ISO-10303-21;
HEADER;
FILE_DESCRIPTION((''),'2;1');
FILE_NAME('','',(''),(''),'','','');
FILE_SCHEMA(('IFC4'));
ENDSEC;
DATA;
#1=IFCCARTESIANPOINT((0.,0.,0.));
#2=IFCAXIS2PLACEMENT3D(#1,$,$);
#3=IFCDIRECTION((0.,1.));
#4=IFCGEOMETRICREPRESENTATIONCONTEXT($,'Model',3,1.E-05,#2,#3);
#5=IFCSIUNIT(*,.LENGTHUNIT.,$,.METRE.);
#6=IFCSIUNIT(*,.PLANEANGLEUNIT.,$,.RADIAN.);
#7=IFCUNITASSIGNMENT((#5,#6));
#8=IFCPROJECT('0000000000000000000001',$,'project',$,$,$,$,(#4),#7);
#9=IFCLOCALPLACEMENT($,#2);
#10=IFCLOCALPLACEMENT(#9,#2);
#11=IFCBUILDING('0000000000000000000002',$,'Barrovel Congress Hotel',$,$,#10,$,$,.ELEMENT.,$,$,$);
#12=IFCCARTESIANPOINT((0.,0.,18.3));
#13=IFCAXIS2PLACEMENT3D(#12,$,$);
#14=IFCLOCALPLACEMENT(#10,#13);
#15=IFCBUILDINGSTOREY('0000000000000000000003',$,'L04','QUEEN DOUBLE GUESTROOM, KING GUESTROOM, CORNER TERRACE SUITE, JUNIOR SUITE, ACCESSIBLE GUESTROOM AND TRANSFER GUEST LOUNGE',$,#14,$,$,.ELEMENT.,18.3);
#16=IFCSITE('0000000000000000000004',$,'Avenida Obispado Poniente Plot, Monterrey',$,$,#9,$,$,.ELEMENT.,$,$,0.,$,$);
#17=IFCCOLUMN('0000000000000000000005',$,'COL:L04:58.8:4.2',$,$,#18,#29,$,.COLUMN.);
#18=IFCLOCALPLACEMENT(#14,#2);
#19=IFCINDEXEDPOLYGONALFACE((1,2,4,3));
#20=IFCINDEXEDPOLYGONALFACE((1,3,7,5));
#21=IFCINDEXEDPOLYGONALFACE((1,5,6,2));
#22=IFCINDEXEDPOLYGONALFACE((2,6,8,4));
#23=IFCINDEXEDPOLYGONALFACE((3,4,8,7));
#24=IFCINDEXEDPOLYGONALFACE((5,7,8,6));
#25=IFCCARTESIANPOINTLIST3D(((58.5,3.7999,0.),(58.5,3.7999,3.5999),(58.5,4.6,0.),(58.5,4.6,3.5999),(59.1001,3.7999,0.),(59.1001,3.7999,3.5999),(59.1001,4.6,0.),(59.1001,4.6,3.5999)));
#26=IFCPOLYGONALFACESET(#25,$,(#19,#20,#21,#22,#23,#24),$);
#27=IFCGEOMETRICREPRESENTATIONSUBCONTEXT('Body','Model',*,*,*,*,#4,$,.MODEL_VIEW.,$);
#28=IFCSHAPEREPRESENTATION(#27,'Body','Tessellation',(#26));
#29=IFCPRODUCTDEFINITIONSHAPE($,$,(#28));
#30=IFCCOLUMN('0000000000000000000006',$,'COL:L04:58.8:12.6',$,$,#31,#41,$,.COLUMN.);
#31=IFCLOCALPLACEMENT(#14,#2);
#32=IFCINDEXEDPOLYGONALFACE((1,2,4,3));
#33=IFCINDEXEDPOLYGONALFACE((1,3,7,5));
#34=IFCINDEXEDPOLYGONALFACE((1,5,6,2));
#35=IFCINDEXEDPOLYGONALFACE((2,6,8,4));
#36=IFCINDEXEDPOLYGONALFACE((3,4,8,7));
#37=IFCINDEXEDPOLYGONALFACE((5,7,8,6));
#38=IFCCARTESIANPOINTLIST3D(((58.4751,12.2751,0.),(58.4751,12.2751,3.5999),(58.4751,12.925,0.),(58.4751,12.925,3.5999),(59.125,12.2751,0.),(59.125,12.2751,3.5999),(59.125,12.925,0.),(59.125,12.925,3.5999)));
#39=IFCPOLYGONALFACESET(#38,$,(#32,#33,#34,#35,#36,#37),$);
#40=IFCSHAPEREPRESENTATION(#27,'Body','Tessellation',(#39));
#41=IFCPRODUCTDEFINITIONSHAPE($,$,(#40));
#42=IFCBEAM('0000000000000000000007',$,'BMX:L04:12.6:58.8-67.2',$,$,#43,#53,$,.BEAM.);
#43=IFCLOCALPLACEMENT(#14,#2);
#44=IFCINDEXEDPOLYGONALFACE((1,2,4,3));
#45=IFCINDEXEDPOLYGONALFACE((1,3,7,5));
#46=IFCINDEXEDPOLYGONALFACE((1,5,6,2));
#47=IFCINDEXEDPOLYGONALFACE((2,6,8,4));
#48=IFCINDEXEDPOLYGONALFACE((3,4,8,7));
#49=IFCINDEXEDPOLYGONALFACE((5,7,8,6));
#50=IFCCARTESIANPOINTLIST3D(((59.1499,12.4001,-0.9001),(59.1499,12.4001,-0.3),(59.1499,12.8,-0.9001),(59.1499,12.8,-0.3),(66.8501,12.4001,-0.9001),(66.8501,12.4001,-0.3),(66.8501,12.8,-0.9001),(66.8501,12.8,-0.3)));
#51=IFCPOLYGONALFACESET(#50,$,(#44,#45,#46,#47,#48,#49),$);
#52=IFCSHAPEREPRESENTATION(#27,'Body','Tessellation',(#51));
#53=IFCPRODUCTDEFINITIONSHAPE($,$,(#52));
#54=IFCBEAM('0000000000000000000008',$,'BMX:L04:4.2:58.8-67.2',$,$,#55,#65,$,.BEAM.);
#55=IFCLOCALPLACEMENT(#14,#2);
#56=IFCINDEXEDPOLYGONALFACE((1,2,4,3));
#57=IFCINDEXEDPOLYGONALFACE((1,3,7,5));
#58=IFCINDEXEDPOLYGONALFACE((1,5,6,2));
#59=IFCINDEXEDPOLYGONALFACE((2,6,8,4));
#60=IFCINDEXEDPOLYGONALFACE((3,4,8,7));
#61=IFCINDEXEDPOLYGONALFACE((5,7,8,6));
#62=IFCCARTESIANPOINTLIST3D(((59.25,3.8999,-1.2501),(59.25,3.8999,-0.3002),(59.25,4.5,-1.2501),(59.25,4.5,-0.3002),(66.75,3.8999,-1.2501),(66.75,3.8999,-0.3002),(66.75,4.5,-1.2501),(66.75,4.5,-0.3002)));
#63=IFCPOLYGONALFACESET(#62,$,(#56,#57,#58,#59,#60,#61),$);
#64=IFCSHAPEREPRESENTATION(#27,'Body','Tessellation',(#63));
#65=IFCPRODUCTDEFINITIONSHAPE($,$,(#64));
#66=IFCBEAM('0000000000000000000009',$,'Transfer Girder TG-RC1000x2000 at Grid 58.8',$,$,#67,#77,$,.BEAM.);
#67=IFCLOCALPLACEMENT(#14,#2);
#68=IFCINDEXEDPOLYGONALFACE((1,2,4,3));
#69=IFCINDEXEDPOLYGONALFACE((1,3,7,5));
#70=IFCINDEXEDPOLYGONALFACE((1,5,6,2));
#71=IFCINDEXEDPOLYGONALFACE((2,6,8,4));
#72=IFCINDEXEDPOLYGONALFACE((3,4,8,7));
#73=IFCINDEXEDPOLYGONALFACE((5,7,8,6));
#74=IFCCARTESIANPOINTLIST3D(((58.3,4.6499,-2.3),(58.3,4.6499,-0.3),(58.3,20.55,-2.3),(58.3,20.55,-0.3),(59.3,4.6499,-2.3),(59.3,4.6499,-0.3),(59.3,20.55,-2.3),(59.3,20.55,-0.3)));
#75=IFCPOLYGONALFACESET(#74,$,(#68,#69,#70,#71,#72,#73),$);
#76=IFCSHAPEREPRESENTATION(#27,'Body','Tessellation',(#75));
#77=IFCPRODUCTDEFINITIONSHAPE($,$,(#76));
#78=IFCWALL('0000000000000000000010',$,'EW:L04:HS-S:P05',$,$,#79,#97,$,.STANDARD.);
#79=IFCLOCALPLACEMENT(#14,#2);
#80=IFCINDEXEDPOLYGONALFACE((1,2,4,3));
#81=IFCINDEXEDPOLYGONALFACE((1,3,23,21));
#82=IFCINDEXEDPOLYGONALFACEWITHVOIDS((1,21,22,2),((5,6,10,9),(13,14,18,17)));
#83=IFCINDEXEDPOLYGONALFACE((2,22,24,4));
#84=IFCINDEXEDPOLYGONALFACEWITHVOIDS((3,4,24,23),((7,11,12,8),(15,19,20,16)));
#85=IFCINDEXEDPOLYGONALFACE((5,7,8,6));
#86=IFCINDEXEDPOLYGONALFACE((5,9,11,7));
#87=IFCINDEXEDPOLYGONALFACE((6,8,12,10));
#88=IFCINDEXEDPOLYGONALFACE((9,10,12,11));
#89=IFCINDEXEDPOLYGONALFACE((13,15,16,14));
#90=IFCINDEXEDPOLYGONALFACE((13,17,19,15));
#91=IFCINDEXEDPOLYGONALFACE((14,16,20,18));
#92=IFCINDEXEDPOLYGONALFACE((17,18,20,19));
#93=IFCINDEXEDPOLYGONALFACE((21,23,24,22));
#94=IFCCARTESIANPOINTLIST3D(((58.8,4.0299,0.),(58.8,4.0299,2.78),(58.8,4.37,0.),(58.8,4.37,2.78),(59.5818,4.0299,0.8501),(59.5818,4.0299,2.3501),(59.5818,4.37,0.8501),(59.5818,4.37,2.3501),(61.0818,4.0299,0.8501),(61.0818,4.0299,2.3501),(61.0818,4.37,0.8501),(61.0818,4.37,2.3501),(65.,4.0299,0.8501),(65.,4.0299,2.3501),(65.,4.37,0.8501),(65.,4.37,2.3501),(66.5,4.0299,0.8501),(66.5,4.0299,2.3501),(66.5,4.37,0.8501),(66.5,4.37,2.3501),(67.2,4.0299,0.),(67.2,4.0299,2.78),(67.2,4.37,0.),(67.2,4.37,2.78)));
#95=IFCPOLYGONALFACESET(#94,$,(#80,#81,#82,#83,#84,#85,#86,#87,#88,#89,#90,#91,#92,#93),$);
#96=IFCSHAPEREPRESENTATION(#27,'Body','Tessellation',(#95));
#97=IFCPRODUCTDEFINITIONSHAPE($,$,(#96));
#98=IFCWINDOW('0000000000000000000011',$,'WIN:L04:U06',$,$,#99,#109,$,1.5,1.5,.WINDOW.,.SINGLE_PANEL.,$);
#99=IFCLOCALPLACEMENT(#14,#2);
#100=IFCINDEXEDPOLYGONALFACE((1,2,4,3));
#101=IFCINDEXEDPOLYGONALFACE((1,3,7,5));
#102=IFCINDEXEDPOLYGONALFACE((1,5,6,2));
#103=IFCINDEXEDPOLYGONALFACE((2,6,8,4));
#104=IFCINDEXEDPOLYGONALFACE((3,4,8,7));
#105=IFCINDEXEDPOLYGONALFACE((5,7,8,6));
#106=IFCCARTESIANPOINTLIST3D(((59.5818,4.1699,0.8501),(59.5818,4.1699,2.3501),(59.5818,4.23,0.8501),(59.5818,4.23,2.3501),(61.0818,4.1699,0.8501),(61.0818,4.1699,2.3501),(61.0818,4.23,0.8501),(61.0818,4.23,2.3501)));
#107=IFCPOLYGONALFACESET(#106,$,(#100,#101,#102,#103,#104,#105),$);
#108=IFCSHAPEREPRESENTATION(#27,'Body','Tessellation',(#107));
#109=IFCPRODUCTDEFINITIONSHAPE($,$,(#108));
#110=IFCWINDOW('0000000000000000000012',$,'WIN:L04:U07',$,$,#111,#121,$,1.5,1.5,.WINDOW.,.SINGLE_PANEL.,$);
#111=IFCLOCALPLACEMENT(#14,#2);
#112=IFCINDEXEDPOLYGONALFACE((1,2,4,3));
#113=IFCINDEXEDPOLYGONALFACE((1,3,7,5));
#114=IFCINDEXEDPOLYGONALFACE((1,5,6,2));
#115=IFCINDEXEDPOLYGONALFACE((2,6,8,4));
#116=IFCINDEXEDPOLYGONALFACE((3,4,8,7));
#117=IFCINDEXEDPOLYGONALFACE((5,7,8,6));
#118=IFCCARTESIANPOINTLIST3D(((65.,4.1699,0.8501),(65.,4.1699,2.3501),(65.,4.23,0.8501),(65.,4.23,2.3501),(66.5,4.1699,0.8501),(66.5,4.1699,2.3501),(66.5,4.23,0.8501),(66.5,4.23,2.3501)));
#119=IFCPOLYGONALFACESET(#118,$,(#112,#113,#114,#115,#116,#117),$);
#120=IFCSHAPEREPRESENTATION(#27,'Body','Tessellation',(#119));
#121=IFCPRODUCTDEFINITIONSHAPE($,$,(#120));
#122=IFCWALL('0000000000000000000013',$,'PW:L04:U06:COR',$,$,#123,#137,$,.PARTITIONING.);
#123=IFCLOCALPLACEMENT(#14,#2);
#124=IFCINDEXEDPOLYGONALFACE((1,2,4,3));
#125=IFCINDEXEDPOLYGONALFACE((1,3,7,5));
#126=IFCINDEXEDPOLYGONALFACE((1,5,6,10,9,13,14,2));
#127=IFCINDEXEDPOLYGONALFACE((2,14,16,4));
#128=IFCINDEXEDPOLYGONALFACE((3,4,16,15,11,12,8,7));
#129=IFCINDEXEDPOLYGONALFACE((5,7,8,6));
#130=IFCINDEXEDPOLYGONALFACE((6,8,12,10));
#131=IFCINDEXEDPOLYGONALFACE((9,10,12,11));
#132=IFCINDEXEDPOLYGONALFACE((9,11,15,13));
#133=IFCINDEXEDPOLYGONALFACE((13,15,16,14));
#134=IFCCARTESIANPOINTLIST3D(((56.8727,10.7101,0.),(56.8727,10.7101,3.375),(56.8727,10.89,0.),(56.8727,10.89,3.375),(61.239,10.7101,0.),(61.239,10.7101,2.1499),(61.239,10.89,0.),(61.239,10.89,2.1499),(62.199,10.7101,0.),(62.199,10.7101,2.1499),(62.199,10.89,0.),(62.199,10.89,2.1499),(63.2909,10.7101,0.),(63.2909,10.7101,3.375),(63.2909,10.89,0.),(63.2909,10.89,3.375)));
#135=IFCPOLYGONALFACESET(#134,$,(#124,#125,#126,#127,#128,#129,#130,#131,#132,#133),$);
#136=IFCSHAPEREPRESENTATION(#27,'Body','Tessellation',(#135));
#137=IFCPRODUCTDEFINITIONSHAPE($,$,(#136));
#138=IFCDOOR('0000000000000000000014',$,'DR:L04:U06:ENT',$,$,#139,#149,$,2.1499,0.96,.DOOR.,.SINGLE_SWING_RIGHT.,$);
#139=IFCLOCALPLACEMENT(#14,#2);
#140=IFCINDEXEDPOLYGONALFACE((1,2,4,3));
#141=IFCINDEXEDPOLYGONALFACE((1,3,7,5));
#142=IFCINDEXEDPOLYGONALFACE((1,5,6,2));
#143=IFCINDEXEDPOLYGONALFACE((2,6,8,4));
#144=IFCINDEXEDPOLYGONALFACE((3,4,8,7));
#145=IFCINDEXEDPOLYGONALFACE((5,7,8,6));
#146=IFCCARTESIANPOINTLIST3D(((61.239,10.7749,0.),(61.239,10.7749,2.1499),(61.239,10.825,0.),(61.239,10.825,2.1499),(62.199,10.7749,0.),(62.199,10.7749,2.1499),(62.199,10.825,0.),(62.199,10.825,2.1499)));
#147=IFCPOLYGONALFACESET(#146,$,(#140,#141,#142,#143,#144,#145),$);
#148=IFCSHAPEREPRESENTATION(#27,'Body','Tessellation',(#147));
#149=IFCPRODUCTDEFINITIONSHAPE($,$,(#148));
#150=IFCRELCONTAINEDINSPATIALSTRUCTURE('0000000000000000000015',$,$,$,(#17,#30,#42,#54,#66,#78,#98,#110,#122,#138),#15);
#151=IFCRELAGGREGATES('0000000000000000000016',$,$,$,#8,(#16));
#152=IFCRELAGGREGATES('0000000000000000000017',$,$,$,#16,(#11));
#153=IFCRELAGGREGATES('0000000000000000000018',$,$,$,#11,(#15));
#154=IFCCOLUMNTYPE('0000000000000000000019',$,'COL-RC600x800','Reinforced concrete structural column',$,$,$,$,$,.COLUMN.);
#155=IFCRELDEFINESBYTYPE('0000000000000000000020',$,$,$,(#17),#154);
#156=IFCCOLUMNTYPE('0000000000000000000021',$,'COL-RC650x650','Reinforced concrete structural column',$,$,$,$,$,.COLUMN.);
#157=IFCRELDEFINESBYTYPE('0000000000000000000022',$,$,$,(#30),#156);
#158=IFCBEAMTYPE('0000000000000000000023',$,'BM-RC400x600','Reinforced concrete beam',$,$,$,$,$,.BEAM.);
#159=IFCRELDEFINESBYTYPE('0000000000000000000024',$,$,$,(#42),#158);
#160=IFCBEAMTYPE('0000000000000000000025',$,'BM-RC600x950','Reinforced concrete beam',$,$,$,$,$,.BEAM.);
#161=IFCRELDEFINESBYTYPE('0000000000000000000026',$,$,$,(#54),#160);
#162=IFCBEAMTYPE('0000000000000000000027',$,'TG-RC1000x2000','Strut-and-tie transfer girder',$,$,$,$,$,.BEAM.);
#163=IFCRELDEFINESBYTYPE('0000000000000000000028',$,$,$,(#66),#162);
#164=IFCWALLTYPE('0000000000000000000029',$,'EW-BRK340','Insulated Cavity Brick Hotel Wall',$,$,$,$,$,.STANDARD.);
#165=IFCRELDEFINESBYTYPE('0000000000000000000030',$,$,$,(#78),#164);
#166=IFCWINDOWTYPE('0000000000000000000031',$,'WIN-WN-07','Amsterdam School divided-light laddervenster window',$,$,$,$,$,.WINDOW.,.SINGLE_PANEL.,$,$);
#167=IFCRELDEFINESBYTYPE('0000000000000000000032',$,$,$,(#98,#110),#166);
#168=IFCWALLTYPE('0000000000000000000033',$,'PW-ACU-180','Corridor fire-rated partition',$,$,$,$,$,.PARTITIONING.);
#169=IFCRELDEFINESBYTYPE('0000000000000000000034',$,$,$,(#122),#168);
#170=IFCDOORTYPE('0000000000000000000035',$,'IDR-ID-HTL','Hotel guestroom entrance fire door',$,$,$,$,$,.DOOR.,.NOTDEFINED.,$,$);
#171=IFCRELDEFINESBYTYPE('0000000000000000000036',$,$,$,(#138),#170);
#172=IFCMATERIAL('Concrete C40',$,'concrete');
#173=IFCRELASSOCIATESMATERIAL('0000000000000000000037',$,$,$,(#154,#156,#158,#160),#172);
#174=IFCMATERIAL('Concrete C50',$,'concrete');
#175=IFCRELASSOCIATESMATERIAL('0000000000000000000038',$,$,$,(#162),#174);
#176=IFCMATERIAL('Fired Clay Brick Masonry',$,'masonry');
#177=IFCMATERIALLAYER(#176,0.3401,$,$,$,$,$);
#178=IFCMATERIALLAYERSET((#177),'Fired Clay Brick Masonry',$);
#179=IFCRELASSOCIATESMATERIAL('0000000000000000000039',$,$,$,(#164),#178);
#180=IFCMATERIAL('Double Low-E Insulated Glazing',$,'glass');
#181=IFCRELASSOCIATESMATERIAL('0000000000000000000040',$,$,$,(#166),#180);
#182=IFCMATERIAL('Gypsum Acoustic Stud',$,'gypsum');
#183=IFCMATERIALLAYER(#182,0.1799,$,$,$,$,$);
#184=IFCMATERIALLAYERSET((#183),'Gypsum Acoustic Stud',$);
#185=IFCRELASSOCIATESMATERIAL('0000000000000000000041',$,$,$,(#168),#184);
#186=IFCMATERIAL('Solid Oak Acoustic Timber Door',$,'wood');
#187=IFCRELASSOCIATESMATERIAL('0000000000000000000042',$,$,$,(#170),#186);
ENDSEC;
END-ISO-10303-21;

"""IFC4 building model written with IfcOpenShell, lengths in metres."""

from ifc_helpers import new_model, si_unit, direction, frame, frame_2d, origin, origin_2d, place, context, subcontext, project, spatial, rectangle, extrude, material, layer, layer_set, material_profile, profile_set, type_object, element, fill, save


model = new_model("IFC4")

# Units and contexts
model_context = context("Model", 3, precision=1e-05, world=origin(), true_north=direction((0.0, 1.0)))
body_context = subcontext(model_context, "Body", "Model", "MODEL_VIEW")
ifc_project = project(units=[si_unit("LENGTHUNIT", "METRE"), si_unit("PLANEANGLEUNIT", "RADIAN")], contexts=[model_context])

# Site, building, storey
site_placement = place(None, origin())
site = spatial("IfcSite", under=ifc_project, at=site_placement, Name="Avenida Obispado Poniente Plot, Monterrey", CompositionType="ELEMENT", RefElevation=0.0)
building_placement = place(site_placement, origin())
building = spatial("IfcBuilding", under=site, at=building_placement, Name="Barrovel Congress Hotel", CompositionType="ELEMENT")
storey_placement = place(building_placement, frame((0.0, 0.0, 18.3)))
storey = spatial("IfcBuildingStorey", under=building, at=storey_placement, Name="L04", Description="QUEEN DOUBLE GUESTROOM, KING GUESTROOM, CORNER TERRACE SUITE, JUNIOR SUITE, ACCESSIBLE GUESTROOM AND TRANSFER GUEST LOUNGE", CompositionType="ELEMENT", Elevation=18.3)

# Columns
ifc_material_1 = material(Name="Concrete C40", Category="concrete")
ifc_material_profile_1 = material_profile(ifc_material_1, rectangle(XDim=0.6001, YDim=0.8, at=origin_2d()), Name="RC600x800")
ifc_profile_set_1 = profile_set([ifc_material_profile_1], Name="Concrete C40")
column_type_1 = type_object("IfcColumnType", Name="COL-RC600x800", Description="Reinforced concrete structural column", PredefinedType="COLUMN", material=ifc_profile_set_1)
column_1_placement = place(storey_placement, frame((58.8, 4.2, 0.0), z_axis=(0.0, 0.0, 1.0), x_axis=(1.0, 0.0, 0.0)))
element("IfcColumn", 1, at=column_1_placement, inside=storey, type_object=column_type_1, Name="COL:L04:58.8:4.2", PredefinedType="COLUMN", context=body_context, shape_type="SweptSolid", body=[
    extrude(rectangle(XDim=0.6001, YDim=0.8, at=origin_2d()), origin(), (0.0, 0.0, 1.0), 3.5999),
])
ifc_material_profile_2 = material_profile(ifc_material_1, rectangle(XDim=0.6499, YDim=0.6499, at=origin_2d()), Name="RC650x650")
ifc_profile_set_2 = profile_set([ifc_material_profile_2], Name="Concrete C40")
column_type_2 = type_object("IfcColumnType", Name="COL-RC650x650", Description="Reinforced concrete structural column", PredefinedType="COLUMN", material=ifc_profile_set_2)
column_2_placement = place(storey_placement, frame((58.8, 12.6001, 0.0), z_axis=(0.0, 0.0, 1.0), x_axis=(1.0, 0.0, 0.0)))
element("IfcColumn", 2, at=column_2_placement, inside=storey, type_object=column_type_2, Name="COL:L04:58.8:12.6", PredefinedType="COLUMN", context=body_context, shape_type="SweptSolid", body=[
    extrude(rectangle(XDim=0.6499, YDim=0.6499, at=origin_2d()), origin(), (0.0, 0.0, 1.0), 3.5999),
])

# Beams
ifc_material_profile_3 = material_profile(ifc_material_1, rectangle(XDim=0.3999, YDim=0.6001, at=origin_2d()), Name="RC400x600")
ifc_profile_set_3 = profile_set([ifc_material_profile_3], Name="Concrete C40")
beam_type_1 = type_object("IfcBeamType", Name="BM-RC400x600", Description="Reinforced concrete beam", PredefinedType="BEAM", material=ifc_profile_set_3)
beam_1_placement = place(storey_placement, frame((59.1499, 12.6001, -0.6001), z_axis=(1.0, 0.0, 0.0), x_axis=(0.0, 1.0, 0.0)))
element("IfcBeam", 3, at=beam_1_placement, inside=storey, type_object=beam_type_1, Name="BMX:L04:12.6:58.8-67.2", PredefinedType="BEAM", context=body_context, shape_type="SweptSolid", body=[
    extrude(rectangle(XDim=0.3999, YDim=0.6001, at=origin_2d()), origin(), (0.0, 0.0, 1.0), 7.7002),
])
ifc_material_profile_4 = material_profile(ifc_material_1, rectangle(XDim=0.6001, YDim=0.95, at=origin_2d()), Name="RC600x950")
ifc_profile_set_4 = profile_set([ifc_material_profile_4], Name="Concrete C40")
beam_type_2 = type_object("IfcBeamType", Name="BM-RC600x950", Description="Reinforced concrete beam", PredefinedType="BEAM", material=ifc_profile_set_4)
beam_2_placement = place(storey_placement, frame((59.25, 4.2, -0.7751), z_axis=(1.0, 0.0, 0.0), x_axis=(0.0, 1.0, 0.0)))
element("IfcBeam", 4, at=beam_2_placement, inside=storey, type_object=beam_type_2, Name="BMX:L04:4.2:58.8-67.2", PredefinedType="BEAM", context=body_context, shape_type="SweptSolid", body=[
    extrude(rectangle(XDim=0.6001, YDim=0.95, at=origin_2d()), origin(), (0.0, 0.0, 1.0), 7.5),
])
ifc_material_2 = material(Name="Concrete C50", Category="concrete")
ifc_material_profile_5 = material_profile(ifc_material_2, rectangle(XDim=1.0, YDim=2.0, at=origin_2d()), Name="RC1000x2000")
ifc_profile_set_5 = profile_set([ifc_material_profile_5], Name="Concrete C50")
beam_type_3 = type_object("IfcBeamType", Name="TG-RC1000x2000", Description="Strut-and-tie transfer girder", PredefinedType="BEAM", material=ifc_profile_set_5)
beam_3_placement = place(storey_placement, frame((58.8, 4.6499, -1.3), z_axis=(0.0, 1.0, 0.0), x_axis=(-1.0, 0.0, 0.0)))
element("IfcBeam", 5, at=beam_3_placement, inside=storey, type_object=beam_type_3, Name="Transfer Girder TG-RC1000x2000 at Grid 58.8", PredefinedType="BEAM", context=body_context, shape_type="SweptSolid", body=[
    extrude(rectangle(XDim=1.0, YDim=2.0, at=origin_2d()), origin(), (0.0, 0.0, 1.0), 15.9001),
])

# Wall, openings, windows
ifc_material_3 = material(Name="Fired Clay Brick Masonry", Category="masonry")
ifc_layer_1 = layer(ifc_material_3, 0.3401)
ifc_layer_set_1 = layer_set([ifc_layer_1], Name="Fired Clay Brick Masonry")
wall_type_1 = type_object("IfcWallType", Name="EW-BRK340", Description="Insulated Cavity Brick Hotel Wall", PredefinedType="STANDARD", material=ifc_layer_set_1)
wall_1_placement = place(storey_placement, frame((58.8, 4.2, 0.0), z_axis=(0.0, 0.0, 1.0), x_axis=(1.0, 0.0, 0.0)))
wall_1 = element("IfcWall", 6, at=wall_1_placement, inside=storey, type_object=wall_type_1, Name="EW:L04:HS-S:P05", PredefinedType="STANDARD", context=body_context, shape_type="SweptSolid", body=[
    extrude(rectangle(XDim=8.3999, YDim=0.3401, at=frame_2d((4.2, 0.0))), origin(), (0.0, 0.0, 1.0), 2.78),
])
opening_1_placement = place(wall_1_placement, frame((0.7817, 0.0, 0.8501)))
opening_1 = element("IfcOpeningElement", 7, at=opening_1_placement, cuts=wall_1, PredefinedType="OPENING", context=body_context, shape_type="SweptSolid", body=[
    extrude(rectangle(XDim=1.5, YDim=1.5, at=frame_2d((0.75, 0.75))), frame((0.0, 0.1802, 0.0), z_axis=(0.0, -1.0, 0.0), x_axis=(1.0, 0.0, 0.0)), (0.0, 0.0, 1.0), 0.3601),
])
opening_2_placement = place(wall_1_placement, frame((6.2, 0.0, 0.8501)))
opening_2 = element("IfcOpeningElement", 8, at=opening_2_placement, cuts=wall_1, PredefinedType="OPENING", context=body_context, shape_type="SweptSolid", body=[
    extrude(rectangle(XDim=1.5, YDim=1.5, at=frame_2d((0.75, 0.75))), frame((0.0, 0.1802, 0.0), z_axis=(0.0, -1.0, 0.0), x_axis=(1.0, 0.0, 0.0)), (0.0, 0.0, 1.0), 0.3601),
])
ifc_material_4 = material(Name="Double Low-E Insulated Glazing", Category="glass")
window_type = type_object("IfcWindowType", Name="WIN-WN-07", Description="Amsterdam School divided-light laddervenster window", PartitioningType="SINGLE_PANEL", PredefinedType="WINDOW", material=ifc_material_4)
window_1_placement = place(opening_1_placement, origin())
window_1 = element("IfcWindow", 9, at=window_1_placement, inside=storey, type_object=window_type, Name="WIN:L04:U06", OverallHeight=1.5, OverallWidth=1.5, PartitioningType="SINGLE_PANEL", PredefinedType="WINDOW", context=body_context, shape_type="SweptSolid", body=[
    extrude(rectangle(XDim=1.5, YDim=1.5, at=frame_2d((0.75, 0.75))), frame((0.0, 0.03, 0.0), z_axis=(0.0, -1.0, 0.0), x_axis=(1.0, 0.0, 0.0)), (0.0, 0.0, 1.0), 0.0601),
])
fill(opening_1, window_1)
window_2_placement = place(opening_2_placement, origin())
window_2 = element("IfcWindow", 10, at=window_2_placement, inside=storey, type_object=window_type, Name="WIN:L04:U07", OverallHeight=1.5, OverallWidth=1.5, PartitioningType="SINGLE_PANEL", PredefinedType="WINDOW", context=body_context, shape_type="SweptSolid", body=[
    extrude(rectangle(XDim=1.5, YDim=1.5, at=frame_2d((0.75, 0.75))), frame((0.0, 0.03, 0.0), z_axis=(0.0, -1.0, 0.0), x_axis=(1.0, 0.0, 0.0)), (0.0, 0.0, 1.0), 0.0601),
])
fill(opening_2, window_2)

# Wall, opening, door
ifc_material_5 = material(Name="Gypsum Acoustic Stud", Category="gypsum")
ifc_layer_2 = layer(ifc_material_5, 0.1799)
ifc_layer_set_2 = layer_set([ifc_layer_2], Name="Gypsum Acoustic Stud")
wall_type_2 = type_object("IfcWallType", Name="PW-ACU-180", Description="Corridor fire-rated partition", PredefinedType="PARTITIONING", material=ifc_layer_set_2)
wall_2_placement = place(storey_placement, frame((56.8728, 10.8, 0.0), z_axis=(0.0, 0.0, 1.0), x_axis=(1.0, 0.0, 0.0)))
wall_2 = element("IfcWall", 11, at=wall_2_placement, inside=storey, type_object=wall_type_2, Name="PW:L04:U06:COR", PredefinedType="PARTITIONING", context=body_context, shape_type="SweptSolid", body=[
    extrude(rectangle(XDim=6.4182, YDim=0.1799, at=frame_2d((3.209, 0.0))), origin(), (0.0, 0.0, 1.0), 3.375),
])
opening_3_placement = place(wall_2_placement, frame((4.3662, 0.0, 0.0)))
opening_3 = element("IfcOpeningElement", 12, at=opening_3_placement, cuts=wall_2, PredefinedType="OPENING", context=body_context, shape_type="SweptSolid", body=[
    extrude(rectangle(XDim=0.96, YDim=2.1499, at=frame_2d((0.48, 1.075))), frame((0.0, 0.1001, 0.0), z_axis=(0.0, -1.0, 0.0), x_axis=(1.0, 0.0, 0.0)), (0.0, 0.0, 1.0), 0.2),
])
ifc_material_6 = material(Name="Solid Oak Acoustic Timber Door", Category="wood")
door_type_1 = type_object("IfcDoorType", Name="IDR-ID-HTL", Description="Hotel guestroom entrance fire door", OperationType="NOTDEFINED", PredefinedType="DOOR", material=ifc_material_6)
door_1_placement = place(opening_3_placement, origin())
door_1 = element("IfcDoor", 13, at=door_1_placement, inside=storey, type_object=door_type_1, Name="DR:L04:U06:ENT", OperationType="SINGLE_SWING_RIGHT", OverallHeight=2.1499, OverallWidth=0.96, PredefinedType="DOOR", context=body_context, shape_type="SweptSolid", body=[
    extrude(rectangle(XDim=0.96, YDim=2.1499, at=frame_2d((0.48, 1.075))), frame((0.0, 0.0249, 0.0), z_axis=(0.0, -1.0, 0.0), x_axis=(1.0, 0.0, 0.0)), (0.0, 0.0, 1.0), 0.05),
])
fill(opening_3, door_1)

save(model, "model.ifc")
